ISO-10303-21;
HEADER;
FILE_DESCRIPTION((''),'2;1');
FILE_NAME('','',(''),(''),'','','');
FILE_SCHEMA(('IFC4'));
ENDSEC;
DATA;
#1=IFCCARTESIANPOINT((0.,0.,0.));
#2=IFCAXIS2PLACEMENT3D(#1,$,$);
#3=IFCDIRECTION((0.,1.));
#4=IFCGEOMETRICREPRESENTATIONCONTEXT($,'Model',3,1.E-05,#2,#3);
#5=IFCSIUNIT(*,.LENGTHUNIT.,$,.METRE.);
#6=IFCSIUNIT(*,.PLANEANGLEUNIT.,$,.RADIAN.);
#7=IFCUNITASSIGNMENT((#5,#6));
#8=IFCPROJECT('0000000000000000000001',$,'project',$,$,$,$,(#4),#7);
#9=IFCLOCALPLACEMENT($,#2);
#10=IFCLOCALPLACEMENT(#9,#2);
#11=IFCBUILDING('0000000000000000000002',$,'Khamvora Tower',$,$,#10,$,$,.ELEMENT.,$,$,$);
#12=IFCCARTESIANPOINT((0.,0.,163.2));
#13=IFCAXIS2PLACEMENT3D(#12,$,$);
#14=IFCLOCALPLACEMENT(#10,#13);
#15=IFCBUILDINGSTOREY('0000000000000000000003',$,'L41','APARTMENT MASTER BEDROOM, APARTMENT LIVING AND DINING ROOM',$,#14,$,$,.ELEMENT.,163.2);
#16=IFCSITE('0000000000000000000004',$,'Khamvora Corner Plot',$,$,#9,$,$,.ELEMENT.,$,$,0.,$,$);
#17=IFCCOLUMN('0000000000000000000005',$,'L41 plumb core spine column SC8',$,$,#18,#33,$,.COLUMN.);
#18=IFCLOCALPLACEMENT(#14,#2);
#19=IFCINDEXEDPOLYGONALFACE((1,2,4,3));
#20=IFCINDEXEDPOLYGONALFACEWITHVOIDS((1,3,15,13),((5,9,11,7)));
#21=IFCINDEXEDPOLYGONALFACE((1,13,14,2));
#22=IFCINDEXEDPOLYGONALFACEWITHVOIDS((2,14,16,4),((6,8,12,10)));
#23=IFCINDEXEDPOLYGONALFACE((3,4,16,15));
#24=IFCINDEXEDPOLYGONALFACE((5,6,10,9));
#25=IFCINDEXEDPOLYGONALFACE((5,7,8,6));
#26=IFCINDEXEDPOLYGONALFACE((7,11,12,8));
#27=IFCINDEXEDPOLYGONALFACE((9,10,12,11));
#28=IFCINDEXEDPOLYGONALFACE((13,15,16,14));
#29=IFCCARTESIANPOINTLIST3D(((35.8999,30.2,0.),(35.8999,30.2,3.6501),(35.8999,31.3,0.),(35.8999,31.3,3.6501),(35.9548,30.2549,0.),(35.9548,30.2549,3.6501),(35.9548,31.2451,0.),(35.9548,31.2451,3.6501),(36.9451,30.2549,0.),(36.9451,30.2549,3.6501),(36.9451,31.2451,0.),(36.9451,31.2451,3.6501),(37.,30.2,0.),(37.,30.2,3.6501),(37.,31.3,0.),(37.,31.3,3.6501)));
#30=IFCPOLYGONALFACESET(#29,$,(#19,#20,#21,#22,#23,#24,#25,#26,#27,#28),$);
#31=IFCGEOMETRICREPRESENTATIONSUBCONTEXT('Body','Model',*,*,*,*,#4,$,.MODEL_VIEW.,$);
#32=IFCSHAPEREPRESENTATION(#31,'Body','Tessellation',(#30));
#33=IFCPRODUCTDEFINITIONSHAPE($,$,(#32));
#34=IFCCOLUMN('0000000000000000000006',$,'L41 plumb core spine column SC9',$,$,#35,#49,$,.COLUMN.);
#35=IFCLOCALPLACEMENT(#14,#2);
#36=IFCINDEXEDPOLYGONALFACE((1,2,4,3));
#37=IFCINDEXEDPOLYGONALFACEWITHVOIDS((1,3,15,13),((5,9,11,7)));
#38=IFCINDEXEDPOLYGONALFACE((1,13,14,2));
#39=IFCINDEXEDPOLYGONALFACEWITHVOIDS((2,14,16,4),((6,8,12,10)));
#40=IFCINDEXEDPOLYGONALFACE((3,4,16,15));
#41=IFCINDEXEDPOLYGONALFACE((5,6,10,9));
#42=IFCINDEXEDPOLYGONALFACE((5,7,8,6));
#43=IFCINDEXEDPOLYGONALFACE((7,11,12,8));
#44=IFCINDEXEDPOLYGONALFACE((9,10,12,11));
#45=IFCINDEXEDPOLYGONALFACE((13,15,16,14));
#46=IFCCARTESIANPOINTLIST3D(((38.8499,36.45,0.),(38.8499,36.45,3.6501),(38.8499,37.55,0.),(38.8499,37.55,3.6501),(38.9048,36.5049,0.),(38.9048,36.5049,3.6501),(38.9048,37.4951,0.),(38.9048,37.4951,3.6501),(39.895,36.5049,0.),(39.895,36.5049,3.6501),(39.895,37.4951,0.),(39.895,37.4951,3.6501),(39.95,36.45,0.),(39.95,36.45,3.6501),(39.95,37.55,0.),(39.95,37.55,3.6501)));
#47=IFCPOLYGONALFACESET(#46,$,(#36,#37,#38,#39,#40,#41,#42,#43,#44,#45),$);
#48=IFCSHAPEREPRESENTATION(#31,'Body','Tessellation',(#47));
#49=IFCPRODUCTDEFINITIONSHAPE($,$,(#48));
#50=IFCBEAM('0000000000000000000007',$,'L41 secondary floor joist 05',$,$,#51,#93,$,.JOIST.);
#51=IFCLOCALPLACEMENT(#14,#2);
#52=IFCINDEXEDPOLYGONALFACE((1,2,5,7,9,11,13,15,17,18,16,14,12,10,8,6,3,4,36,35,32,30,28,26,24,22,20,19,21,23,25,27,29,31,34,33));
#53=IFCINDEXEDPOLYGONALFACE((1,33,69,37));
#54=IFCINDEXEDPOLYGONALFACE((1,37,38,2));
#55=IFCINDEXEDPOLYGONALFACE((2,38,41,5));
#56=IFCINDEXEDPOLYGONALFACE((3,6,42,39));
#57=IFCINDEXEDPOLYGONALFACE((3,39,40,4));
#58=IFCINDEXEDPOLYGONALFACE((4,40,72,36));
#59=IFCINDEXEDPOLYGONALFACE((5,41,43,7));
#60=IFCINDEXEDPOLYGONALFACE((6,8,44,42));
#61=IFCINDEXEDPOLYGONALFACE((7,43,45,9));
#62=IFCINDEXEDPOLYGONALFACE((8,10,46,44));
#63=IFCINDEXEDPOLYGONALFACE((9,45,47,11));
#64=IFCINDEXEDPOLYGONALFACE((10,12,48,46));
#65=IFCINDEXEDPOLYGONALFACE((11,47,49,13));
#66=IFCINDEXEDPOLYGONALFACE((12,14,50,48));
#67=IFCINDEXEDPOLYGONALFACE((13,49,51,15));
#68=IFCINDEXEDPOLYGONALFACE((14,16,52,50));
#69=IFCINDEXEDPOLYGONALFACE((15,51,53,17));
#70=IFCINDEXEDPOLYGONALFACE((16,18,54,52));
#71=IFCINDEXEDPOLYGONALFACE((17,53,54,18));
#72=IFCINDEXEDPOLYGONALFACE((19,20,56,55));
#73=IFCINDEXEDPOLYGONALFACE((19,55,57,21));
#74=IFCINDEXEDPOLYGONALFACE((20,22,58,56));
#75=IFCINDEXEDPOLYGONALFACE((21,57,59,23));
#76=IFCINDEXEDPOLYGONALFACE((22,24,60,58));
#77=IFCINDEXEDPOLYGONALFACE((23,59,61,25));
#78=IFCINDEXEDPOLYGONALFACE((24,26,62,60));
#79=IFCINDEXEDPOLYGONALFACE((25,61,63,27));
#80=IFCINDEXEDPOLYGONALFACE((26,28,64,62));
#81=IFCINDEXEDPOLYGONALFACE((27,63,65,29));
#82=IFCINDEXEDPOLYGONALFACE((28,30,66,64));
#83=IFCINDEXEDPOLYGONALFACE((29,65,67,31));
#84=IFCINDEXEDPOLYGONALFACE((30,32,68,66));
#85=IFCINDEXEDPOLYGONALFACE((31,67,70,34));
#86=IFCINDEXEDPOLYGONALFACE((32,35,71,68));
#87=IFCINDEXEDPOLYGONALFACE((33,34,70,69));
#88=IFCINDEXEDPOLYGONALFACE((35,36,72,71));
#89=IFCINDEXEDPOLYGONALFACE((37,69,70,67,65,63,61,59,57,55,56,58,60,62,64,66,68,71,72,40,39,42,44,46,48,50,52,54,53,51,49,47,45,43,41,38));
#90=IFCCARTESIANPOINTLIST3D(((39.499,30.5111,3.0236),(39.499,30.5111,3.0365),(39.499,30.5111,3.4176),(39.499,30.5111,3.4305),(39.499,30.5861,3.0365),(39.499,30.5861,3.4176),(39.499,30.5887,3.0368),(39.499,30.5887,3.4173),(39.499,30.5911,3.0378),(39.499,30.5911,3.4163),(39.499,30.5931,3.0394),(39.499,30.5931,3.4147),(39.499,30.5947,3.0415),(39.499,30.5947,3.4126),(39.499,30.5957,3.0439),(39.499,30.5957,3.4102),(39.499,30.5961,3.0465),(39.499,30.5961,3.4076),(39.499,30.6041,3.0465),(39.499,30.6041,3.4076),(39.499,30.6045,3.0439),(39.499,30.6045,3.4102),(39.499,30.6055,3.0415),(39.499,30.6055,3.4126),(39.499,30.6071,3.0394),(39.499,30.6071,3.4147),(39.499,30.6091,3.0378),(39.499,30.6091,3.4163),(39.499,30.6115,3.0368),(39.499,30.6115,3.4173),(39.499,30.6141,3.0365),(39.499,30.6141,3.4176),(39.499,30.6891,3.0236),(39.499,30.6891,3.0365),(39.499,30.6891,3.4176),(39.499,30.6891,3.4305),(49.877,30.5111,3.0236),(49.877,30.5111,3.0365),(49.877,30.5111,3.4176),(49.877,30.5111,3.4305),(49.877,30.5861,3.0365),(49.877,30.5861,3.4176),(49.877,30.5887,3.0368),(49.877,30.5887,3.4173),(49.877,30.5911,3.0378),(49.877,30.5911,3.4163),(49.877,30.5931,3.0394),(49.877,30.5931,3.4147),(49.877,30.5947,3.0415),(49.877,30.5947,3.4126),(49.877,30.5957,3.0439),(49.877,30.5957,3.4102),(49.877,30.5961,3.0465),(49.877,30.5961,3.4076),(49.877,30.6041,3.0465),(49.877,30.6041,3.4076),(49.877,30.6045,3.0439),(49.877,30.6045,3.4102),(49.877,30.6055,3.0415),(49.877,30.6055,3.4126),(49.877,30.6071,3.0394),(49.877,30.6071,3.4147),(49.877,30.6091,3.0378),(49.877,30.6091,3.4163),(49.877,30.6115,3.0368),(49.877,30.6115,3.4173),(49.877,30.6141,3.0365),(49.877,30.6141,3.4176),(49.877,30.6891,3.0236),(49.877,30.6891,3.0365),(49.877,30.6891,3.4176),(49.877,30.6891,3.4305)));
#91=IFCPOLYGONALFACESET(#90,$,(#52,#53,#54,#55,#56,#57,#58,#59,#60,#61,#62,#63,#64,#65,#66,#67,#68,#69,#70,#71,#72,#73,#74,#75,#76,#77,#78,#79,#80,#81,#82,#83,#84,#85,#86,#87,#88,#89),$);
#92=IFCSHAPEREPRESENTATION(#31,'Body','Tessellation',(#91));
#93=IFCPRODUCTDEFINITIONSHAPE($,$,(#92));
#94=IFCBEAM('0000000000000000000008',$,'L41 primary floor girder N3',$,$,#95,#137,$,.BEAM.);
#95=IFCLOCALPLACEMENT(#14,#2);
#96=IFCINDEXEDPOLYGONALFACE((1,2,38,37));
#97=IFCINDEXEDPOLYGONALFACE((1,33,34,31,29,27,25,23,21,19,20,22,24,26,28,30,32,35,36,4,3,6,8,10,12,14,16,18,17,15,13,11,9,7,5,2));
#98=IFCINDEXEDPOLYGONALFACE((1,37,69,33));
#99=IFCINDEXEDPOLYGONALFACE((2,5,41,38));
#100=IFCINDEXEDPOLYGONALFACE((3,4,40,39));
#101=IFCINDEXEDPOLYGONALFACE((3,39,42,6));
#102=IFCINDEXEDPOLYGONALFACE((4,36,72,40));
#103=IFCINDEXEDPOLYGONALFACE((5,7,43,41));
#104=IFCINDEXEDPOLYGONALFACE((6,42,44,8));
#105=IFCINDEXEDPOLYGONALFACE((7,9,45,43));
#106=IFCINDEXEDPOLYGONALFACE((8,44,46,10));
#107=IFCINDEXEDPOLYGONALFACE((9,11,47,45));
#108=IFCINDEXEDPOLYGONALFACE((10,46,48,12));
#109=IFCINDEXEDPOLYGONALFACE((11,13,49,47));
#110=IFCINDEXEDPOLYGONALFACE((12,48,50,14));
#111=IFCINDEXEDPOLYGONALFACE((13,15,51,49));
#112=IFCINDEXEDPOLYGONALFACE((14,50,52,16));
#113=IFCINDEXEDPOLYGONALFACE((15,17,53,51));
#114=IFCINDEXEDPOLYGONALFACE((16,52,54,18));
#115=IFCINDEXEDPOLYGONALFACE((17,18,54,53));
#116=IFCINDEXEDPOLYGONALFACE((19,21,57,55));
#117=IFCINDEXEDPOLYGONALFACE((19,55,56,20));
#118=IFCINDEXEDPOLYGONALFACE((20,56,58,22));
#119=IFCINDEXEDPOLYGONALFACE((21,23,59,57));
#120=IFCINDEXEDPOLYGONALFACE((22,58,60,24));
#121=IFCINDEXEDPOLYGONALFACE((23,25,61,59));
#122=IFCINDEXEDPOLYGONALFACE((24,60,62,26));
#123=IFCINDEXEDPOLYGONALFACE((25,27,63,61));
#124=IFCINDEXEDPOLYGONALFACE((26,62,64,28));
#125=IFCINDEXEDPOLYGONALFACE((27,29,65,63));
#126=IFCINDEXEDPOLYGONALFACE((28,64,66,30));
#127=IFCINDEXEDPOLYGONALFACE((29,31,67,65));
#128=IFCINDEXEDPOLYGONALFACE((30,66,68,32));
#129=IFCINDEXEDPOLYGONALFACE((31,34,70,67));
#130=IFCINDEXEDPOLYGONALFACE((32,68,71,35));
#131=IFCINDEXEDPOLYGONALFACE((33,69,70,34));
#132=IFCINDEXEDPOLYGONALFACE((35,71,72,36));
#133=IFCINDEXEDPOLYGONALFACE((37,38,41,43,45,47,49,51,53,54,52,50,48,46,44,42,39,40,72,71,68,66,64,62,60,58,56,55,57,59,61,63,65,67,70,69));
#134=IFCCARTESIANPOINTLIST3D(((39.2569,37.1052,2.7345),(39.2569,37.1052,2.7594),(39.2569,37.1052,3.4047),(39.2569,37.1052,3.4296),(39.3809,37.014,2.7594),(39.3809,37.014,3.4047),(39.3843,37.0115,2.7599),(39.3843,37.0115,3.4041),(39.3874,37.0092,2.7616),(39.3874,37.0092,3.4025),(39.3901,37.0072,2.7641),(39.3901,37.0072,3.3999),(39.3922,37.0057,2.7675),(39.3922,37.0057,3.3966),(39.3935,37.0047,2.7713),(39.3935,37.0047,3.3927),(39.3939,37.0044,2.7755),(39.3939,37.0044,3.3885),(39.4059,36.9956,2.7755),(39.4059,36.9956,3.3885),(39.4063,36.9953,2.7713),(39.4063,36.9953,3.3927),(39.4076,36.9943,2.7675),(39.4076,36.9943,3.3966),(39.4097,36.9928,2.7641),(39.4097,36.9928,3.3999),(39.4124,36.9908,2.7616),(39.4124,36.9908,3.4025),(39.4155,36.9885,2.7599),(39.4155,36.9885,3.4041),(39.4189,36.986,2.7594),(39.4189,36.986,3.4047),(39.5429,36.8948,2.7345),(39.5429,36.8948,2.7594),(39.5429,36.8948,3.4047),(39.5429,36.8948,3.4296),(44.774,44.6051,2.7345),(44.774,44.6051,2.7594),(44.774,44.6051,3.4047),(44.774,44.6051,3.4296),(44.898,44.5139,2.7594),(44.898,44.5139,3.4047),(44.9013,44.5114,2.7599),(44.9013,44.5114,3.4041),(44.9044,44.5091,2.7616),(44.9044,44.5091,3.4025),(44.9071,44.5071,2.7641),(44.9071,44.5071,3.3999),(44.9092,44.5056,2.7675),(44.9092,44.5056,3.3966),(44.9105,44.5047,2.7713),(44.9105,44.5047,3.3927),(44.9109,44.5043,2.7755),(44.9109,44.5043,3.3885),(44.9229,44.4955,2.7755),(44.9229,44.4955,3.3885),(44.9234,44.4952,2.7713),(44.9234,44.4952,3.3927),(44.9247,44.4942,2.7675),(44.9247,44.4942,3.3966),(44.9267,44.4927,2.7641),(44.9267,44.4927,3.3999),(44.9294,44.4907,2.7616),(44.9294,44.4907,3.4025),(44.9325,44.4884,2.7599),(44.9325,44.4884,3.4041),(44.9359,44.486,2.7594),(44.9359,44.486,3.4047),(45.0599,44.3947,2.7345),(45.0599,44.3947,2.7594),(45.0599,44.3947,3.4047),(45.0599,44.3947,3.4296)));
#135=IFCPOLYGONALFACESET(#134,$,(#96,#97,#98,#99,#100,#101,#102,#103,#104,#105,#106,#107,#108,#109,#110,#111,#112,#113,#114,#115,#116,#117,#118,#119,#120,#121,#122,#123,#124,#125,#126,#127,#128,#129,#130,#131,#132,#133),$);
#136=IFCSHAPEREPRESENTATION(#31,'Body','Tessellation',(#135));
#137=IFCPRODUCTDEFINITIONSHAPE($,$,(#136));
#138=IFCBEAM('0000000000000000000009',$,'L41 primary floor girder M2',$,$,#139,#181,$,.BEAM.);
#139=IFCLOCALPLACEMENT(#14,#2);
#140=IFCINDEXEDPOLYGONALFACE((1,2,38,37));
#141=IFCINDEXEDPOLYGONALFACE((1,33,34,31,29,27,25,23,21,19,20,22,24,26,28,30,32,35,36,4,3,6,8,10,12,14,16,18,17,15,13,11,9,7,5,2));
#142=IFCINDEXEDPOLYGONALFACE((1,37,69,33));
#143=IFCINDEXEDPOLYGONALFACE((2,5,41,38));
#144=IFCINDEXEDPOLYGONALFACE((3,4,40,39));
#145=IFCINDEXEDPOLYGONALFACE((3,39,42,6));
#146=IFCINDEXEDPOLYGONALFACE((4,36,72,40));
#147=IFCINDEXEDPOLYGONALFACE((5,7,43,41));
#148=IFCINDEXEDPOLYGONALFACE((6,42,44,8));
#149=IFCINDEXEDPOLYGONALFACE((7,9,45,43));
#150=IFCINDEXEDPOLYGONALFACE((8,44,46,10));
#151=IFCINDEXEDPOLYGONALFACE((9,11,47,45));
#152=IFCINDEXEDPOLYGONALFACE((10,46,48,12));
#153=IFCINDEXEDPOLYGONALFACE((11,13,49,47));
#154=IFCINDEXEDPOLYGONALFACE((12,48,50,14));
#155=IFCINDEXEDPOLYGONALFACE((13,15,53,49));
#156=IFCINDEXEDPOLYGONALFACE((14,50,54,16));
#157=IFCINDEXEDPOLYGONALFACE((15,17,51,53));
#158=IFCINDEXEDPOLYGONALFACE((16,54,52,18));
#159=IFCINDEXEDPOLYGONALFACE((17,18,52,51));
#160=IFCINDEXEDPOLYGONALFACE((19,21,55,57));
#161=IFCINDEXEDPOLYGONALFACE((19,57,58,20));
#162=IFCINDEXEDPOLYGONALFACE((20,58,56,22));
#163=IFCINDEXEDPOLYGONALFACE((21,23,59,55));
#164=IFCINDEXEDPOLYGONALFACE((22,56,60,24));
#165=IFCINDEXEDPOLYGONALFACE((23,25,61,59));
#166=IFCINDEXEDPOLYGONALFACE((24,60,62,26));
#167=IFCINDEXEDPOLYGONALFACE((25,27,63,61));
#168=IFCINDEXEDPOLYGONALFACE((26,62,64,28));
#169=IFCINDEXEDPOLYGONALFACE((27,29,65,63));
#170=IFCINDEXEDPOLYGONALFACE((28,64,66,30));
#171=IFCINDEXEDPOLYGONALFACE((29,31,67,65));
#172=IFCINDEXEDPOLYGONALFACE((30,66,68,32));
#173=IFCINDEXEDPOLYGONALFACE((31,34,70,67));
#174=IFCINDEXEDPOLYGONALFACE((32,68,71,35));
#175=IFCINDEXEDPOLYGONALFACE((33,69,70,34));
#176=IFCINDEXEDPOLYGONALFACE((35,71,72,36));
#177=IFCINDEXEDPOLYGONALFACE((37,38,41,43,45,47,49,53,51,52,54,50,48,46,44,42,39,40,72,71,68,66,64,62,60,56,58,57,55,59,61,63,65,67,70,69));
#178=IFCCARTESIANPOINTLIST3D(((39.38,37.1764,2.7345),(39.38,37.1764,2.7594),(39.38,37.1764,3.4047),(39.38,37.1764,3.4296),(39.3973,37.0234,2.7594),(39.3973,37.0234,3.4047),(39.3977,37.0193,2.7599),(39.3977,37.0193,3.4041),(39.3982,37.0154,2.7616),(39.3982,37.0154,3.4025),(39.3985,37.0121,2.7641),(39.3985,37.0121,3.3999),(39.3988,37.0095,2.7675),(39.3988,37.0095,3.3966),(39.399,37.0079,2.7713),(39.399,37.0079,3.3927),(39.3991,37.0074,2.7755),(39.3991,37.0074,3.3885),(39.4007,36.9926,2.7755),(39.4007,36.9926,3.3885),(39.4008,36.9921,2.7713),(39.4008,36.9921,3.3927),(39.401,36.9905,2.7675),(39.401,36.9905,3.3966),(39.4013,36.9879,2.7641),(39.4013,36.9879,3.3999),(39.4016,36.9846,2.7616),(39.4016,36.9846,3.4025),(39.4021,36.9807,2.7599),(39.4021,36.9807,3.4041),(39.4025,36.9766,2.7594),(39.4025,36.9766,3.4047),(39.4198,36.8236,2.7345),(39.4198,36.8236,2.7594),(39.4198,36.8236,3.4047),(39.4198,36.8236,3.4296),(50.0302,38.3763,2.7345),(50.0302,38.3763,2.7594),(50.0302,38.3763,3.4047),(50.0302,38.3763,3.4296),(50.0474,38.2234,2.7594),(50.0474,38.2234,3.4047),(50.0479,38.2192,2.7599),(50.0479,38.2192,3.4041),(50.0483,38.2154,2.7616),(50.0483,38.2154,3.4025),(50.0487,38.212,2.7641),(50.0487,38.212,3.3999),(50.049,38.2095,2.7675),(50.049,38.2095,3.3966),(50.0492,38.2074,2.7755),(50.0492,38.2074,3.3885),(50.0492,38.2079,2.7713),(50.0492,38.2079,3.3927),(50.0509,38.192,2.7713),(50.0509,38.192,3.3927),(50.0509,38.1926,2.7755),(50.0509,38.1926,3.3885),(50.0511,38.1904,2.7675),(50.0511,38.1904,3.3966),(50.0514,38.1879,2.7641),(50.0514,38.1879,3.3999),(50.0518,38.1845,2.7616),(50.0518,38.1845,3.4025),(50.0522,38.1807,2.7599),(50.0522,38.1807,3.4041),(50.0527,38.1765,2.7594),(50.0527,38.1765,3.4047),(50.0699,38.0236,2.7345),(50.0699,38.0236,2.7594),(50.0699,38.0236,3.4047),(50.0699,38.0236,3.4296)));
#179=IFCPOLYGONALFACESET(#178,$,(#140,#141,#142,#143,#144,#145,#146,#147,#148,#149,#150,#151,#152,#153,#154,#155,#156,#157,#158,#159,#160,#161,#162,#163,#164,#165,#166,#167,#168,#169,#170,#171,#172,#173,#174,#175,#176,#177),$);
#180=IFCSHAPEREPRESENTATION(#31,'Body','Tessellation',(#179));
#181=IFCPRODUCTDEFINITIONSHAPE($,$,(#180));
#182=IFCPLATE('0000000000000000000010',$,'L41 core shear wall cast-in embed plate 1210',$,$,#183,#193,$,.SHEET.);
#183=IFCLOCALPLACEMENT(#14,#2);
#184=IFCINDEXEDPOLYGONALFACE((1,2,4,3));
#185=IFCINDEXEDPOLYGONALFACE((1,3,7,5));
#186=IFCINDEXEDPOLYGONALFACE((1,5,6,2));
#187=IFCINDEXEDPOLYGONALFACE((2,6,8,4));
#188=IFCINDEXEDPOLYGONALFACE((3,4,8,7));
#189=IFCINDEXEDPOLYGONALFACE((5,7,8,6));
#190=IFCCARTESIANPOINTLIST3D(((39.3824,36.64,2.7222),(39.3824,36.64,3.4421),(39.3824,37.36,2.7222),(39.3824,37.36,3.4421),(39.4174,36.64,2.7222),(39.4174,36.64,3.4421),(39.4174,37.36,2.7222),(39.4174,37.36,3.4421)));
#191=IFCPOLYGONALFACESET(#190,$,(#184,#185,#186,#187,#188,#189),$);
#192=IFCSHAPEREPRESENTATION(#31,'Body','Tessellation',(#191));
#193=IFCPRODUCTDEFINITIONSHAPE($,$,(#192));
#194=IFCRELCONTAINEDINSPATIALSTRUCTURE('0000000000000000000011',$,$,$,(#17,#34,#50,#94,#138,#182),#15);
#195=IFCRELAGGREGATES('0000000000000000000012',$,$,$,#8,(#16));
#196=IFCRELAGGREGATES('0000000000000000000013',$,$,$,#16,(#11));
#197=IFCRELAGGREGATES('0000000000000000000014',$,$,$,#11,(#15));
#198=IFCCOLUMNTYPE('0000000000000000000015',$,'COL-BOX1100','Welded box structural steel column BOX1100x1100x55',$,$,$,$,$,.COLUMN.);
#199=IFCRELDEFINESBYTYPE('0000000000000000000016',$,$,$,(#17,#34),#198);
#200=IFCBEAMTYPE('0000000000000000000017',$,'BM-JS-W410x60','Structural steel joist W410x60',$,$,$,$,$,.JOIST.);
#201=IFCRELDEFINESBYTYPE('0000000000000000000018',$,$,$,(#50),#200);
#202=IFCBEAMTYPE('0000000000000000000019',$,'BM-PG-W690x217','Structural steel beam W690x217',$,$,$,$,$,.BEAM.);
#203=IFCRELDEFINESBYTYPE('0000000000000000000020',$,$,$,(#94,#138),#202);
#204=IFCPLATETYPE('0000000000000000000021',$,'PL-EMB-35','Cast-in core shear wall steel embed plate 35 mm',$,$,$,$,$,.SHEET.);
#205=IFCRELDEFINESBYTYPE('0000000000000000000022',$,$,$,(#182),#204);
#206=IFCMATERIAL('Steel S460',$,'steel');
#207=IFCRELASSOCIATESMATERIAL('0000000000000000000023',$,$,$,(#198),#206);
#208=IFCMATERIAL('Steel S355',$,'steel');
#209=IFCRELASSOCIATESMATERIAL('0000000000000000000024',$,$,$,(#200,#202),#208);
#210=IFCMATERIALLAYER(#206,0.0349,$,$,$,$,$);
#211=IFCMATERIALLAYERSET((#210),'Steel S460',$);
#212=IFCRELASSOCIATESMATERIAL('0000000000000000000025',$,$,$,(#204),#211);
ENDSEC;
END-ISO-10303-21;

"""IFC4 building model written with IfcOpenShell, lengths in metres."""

from ifc_helpers import new_model, si_unit, direction, frame, origin, origin_2d, place, context, subcontext, project, spatial, rectangle, hollow_rectangle, i_section, extrude, material, layer, layer_set, material_profile, profile_set, type_object, element, save


model = new_model("IFC4")

# Units and contexts
model_context = context("Model", 3, precision=1e-05, world=origin(), true_north=direction((0.0, 1.0)))
body_context = subcontext(model_context, "Body", "Model", "MODEL_VIEW")
ifc_project = project(units=[si_unit("LENGTHUNIT", "METRE"), si_unit("PLANEANGLEUNIT", "RADIAN")], contexts=[model_context])

# Site, building, storey
site_placement = place(None, origin())
site = spatial("IfcSite", under=ifc_project, at=site_placement, Name="Khamvora Corner Plot", CompositionType="ELEMENT", RefElevation=0.0)
building_placement = place(site_placement, origin())
building = spatial("IfcBuilding", under=site, at=building_placement, Name="Khamvora Tower", CompositionType="ELEMENT")
storey_placement = place(building_placement, frame((0.0, 0.0, 163.2)))
storey = spatial("IfcBuildingStorey", under=building, at=storey_placement, Name="L41", Description="APARTMENT MASTER BEDROOM, APARTMENT LIVING AND DINING ROOM", CompositionType="ELEMENT", Elevation=163.2)

# Columns
ifc_material_1 = material(Name="Steel S460", Category="steel")
ifc_material_profile_1 = material_profile(ifc_material_1, hollow_rectangle(XDim=1.1001, YDim=1.1001, WallThickness=0.0549, at=origin_2d()), Name="BOX1100x1100x55")
ifc_profile_set_1 = profile_set([ifc_material_profile_1], Name="Steel S460")
column_type = type_object("IfcColumnType", Name="COL-BOX1100", Description="Welded box structural steel column BOX1100x1100x55", PredefinedType="COLUMN", material=ifc_profile_set_1)
for number, where, z_axis, x_axis, name in (
    (1, (36.45, 30.75, 0.0), (0.0, 0.0, 1.0), (1.0, 0.0, 0.0), "L41 plumb core spine column SC8"),
    (2, (39.3999, 37.0, 0.0), (0.0, 0.0, 1.0), (1.0, 0.0, 0.0), "L41 plumb core spine column SC9"),
):
    element("IfcColumn", number, at=place(storey_placement, frame(where, z_axis=z_axis, x_axis=x_axis)), inside=storey, type_object=column_type, Name=name, PredefinedType="COLUMN", context=body_context, shape_type="SweptSolid", body=[
        extrude(hollow_rectangle(XDim=1.1001, YDim=1.1001, WallThickness=0.0549, at=origin_2d()), origin(), (0.0, 0.0, 1.0), 3.6501),
    ])

# Beams
ifc_material_2 = material(Name="Steel S355", Category="steel")
ifc_material_profile_2 = material_profile(ifc_material_2, i_section(OverallWidth=0.178, OverallDepth=0.407, WebThickness=0.0081, FlangeThickness=0.0129, FilletRadius=0.01, at=origin_2d()), Name="W410x60")
ifc_profile_set_2 = profile_set([ifc_material_profile_2], Name="Steel S355")
beam_type_1 = type_object("IfcBeamType", Name="BM-JS-W410x60", Description="Structural steel joist W410x60", PredefinedType="JOIST", material=ifc_profile_set_2)
beam_1_placement = place(storey_placement, frame((39.499, 30.6001, 3.2271), z_axis=(1.0, 0.0, 0.0), x_axis=(0.0, 1.0, 0.0)))
element("IfcBeam", 3, at=beam_1_placement, inside=storey, type_object=beam_type_1, Name="L41 secondary floor joist 05", PredefinedType="JOIST", context=body_context, shape_type="SweptSolid", body=[
    extrude(i_section(OverallWidth=0.178, OverallDepth=0.407, WebThickness=0.0081, FlangeThickness=0.0129, FilletRadius=0.01, at=origin_2d()), origin(), (0.0, 0.0, 1.0), 10.3779),
])
ifc_material_profile_3 = material_profile(ifc_material_2, i_section(OverallWidth=0.355, OverallDepth=0.6951, WebThickness=0.0149, FlangeThickness=0.0249, FilletRadius=0.0161, at=origin_2d()), Name="W690x217")
ifc_profile_set_3 = profile_set([ifc_material_profile_3], Name="Steel S355")
beam_type_2 = type_object("IfcBeamType", Name="BM-PG-W690x217", Description="Structural steel beam W690x217", PredefinedType="BEAM", material=ifc_profile_set_3)
beam_2_placement = place(storey_placement, frame((39.3999, 37.0, 3.082), z_axis=(0.592557, 0.805529, 0.0), x_axis=(-0.805529, 0.592557, 0.0)))
element("IfcBeam", 4, at=beam_2_placement, inside=storey, type_object=beam_type_2, Name="L41 primary floor girder N3", PredefinedType="BEAM", context=body_context, shape_type="SweptSolid", body=[
    extrude(i_section(OverallWidth=0.355, OverallDepth=0.6951, WebThickness=0.0149, FlangeThickness=0.0249, FilletRadius=0.0161, at=origin_2d()), origin(), (0.0, 0.0, 1.0), 9.3105),
])
beam_3_placement = place(storey_placement, frame((39.3999, 37.0, 3.082), z_axis=(0.993713, 0.111962, 0.0), x_axis=(-0.111962, 0.993713, 0.0)))
element("IfcBeam", 5, at=beam_3_placement, inside=storey, type_object=beam_type_2, Name="L41 primary floor girder M2", PredefinedType="BEAM", context=body_context, shape_type="SweptSolid", body=[
    extrude(i_section(OverallWidth=0.355, OverallDepth=0.6951, WebThickness=0.0149, FlangeThickness=0.0249, FilletRadius=0.0161, at=origin_2d()), origin(), (0.0, 0.0, 1.0), 10.7175),
])

# Plate
ifc_layer_1 = layer(ifc_material_1, 0.0349)
ifc_layer_set_1 = layer_set([ifc_layer_1], Name="Steel S460")
plate_type = type_object("IfcPlateType", Name="PL-EMB-35", Description="Cast-in core shear wall steel embed plate 35 mm", PredefinedType="SHEET", material=ifc_layer_set_1)
for number, where, z_axis, x_axis, name in (
    (6, (39.3999, 37.0, 2.7222), (0.0, 0.0, 1.0), (1.0, 0.0, 0.0), "L41 core shear wall cast-in embed plate 1210"),
):
    element("IfcPlate", number, at=place(storey_placement, frame(where, z_axis=z_axis, x_axis=x_axis)), inside=storey, type_object=plate_type, Name=name, PredefinedType="SHEET", context=body_context, shape_type="SweptSolid", body=[
        extrude(rectangle(XDim=0.0349, YDim=0.72, at=origin_2d()), origin(), (0.0, 0.0, 1.0), 0.72),
    ])

save(model, "model.ifc")
